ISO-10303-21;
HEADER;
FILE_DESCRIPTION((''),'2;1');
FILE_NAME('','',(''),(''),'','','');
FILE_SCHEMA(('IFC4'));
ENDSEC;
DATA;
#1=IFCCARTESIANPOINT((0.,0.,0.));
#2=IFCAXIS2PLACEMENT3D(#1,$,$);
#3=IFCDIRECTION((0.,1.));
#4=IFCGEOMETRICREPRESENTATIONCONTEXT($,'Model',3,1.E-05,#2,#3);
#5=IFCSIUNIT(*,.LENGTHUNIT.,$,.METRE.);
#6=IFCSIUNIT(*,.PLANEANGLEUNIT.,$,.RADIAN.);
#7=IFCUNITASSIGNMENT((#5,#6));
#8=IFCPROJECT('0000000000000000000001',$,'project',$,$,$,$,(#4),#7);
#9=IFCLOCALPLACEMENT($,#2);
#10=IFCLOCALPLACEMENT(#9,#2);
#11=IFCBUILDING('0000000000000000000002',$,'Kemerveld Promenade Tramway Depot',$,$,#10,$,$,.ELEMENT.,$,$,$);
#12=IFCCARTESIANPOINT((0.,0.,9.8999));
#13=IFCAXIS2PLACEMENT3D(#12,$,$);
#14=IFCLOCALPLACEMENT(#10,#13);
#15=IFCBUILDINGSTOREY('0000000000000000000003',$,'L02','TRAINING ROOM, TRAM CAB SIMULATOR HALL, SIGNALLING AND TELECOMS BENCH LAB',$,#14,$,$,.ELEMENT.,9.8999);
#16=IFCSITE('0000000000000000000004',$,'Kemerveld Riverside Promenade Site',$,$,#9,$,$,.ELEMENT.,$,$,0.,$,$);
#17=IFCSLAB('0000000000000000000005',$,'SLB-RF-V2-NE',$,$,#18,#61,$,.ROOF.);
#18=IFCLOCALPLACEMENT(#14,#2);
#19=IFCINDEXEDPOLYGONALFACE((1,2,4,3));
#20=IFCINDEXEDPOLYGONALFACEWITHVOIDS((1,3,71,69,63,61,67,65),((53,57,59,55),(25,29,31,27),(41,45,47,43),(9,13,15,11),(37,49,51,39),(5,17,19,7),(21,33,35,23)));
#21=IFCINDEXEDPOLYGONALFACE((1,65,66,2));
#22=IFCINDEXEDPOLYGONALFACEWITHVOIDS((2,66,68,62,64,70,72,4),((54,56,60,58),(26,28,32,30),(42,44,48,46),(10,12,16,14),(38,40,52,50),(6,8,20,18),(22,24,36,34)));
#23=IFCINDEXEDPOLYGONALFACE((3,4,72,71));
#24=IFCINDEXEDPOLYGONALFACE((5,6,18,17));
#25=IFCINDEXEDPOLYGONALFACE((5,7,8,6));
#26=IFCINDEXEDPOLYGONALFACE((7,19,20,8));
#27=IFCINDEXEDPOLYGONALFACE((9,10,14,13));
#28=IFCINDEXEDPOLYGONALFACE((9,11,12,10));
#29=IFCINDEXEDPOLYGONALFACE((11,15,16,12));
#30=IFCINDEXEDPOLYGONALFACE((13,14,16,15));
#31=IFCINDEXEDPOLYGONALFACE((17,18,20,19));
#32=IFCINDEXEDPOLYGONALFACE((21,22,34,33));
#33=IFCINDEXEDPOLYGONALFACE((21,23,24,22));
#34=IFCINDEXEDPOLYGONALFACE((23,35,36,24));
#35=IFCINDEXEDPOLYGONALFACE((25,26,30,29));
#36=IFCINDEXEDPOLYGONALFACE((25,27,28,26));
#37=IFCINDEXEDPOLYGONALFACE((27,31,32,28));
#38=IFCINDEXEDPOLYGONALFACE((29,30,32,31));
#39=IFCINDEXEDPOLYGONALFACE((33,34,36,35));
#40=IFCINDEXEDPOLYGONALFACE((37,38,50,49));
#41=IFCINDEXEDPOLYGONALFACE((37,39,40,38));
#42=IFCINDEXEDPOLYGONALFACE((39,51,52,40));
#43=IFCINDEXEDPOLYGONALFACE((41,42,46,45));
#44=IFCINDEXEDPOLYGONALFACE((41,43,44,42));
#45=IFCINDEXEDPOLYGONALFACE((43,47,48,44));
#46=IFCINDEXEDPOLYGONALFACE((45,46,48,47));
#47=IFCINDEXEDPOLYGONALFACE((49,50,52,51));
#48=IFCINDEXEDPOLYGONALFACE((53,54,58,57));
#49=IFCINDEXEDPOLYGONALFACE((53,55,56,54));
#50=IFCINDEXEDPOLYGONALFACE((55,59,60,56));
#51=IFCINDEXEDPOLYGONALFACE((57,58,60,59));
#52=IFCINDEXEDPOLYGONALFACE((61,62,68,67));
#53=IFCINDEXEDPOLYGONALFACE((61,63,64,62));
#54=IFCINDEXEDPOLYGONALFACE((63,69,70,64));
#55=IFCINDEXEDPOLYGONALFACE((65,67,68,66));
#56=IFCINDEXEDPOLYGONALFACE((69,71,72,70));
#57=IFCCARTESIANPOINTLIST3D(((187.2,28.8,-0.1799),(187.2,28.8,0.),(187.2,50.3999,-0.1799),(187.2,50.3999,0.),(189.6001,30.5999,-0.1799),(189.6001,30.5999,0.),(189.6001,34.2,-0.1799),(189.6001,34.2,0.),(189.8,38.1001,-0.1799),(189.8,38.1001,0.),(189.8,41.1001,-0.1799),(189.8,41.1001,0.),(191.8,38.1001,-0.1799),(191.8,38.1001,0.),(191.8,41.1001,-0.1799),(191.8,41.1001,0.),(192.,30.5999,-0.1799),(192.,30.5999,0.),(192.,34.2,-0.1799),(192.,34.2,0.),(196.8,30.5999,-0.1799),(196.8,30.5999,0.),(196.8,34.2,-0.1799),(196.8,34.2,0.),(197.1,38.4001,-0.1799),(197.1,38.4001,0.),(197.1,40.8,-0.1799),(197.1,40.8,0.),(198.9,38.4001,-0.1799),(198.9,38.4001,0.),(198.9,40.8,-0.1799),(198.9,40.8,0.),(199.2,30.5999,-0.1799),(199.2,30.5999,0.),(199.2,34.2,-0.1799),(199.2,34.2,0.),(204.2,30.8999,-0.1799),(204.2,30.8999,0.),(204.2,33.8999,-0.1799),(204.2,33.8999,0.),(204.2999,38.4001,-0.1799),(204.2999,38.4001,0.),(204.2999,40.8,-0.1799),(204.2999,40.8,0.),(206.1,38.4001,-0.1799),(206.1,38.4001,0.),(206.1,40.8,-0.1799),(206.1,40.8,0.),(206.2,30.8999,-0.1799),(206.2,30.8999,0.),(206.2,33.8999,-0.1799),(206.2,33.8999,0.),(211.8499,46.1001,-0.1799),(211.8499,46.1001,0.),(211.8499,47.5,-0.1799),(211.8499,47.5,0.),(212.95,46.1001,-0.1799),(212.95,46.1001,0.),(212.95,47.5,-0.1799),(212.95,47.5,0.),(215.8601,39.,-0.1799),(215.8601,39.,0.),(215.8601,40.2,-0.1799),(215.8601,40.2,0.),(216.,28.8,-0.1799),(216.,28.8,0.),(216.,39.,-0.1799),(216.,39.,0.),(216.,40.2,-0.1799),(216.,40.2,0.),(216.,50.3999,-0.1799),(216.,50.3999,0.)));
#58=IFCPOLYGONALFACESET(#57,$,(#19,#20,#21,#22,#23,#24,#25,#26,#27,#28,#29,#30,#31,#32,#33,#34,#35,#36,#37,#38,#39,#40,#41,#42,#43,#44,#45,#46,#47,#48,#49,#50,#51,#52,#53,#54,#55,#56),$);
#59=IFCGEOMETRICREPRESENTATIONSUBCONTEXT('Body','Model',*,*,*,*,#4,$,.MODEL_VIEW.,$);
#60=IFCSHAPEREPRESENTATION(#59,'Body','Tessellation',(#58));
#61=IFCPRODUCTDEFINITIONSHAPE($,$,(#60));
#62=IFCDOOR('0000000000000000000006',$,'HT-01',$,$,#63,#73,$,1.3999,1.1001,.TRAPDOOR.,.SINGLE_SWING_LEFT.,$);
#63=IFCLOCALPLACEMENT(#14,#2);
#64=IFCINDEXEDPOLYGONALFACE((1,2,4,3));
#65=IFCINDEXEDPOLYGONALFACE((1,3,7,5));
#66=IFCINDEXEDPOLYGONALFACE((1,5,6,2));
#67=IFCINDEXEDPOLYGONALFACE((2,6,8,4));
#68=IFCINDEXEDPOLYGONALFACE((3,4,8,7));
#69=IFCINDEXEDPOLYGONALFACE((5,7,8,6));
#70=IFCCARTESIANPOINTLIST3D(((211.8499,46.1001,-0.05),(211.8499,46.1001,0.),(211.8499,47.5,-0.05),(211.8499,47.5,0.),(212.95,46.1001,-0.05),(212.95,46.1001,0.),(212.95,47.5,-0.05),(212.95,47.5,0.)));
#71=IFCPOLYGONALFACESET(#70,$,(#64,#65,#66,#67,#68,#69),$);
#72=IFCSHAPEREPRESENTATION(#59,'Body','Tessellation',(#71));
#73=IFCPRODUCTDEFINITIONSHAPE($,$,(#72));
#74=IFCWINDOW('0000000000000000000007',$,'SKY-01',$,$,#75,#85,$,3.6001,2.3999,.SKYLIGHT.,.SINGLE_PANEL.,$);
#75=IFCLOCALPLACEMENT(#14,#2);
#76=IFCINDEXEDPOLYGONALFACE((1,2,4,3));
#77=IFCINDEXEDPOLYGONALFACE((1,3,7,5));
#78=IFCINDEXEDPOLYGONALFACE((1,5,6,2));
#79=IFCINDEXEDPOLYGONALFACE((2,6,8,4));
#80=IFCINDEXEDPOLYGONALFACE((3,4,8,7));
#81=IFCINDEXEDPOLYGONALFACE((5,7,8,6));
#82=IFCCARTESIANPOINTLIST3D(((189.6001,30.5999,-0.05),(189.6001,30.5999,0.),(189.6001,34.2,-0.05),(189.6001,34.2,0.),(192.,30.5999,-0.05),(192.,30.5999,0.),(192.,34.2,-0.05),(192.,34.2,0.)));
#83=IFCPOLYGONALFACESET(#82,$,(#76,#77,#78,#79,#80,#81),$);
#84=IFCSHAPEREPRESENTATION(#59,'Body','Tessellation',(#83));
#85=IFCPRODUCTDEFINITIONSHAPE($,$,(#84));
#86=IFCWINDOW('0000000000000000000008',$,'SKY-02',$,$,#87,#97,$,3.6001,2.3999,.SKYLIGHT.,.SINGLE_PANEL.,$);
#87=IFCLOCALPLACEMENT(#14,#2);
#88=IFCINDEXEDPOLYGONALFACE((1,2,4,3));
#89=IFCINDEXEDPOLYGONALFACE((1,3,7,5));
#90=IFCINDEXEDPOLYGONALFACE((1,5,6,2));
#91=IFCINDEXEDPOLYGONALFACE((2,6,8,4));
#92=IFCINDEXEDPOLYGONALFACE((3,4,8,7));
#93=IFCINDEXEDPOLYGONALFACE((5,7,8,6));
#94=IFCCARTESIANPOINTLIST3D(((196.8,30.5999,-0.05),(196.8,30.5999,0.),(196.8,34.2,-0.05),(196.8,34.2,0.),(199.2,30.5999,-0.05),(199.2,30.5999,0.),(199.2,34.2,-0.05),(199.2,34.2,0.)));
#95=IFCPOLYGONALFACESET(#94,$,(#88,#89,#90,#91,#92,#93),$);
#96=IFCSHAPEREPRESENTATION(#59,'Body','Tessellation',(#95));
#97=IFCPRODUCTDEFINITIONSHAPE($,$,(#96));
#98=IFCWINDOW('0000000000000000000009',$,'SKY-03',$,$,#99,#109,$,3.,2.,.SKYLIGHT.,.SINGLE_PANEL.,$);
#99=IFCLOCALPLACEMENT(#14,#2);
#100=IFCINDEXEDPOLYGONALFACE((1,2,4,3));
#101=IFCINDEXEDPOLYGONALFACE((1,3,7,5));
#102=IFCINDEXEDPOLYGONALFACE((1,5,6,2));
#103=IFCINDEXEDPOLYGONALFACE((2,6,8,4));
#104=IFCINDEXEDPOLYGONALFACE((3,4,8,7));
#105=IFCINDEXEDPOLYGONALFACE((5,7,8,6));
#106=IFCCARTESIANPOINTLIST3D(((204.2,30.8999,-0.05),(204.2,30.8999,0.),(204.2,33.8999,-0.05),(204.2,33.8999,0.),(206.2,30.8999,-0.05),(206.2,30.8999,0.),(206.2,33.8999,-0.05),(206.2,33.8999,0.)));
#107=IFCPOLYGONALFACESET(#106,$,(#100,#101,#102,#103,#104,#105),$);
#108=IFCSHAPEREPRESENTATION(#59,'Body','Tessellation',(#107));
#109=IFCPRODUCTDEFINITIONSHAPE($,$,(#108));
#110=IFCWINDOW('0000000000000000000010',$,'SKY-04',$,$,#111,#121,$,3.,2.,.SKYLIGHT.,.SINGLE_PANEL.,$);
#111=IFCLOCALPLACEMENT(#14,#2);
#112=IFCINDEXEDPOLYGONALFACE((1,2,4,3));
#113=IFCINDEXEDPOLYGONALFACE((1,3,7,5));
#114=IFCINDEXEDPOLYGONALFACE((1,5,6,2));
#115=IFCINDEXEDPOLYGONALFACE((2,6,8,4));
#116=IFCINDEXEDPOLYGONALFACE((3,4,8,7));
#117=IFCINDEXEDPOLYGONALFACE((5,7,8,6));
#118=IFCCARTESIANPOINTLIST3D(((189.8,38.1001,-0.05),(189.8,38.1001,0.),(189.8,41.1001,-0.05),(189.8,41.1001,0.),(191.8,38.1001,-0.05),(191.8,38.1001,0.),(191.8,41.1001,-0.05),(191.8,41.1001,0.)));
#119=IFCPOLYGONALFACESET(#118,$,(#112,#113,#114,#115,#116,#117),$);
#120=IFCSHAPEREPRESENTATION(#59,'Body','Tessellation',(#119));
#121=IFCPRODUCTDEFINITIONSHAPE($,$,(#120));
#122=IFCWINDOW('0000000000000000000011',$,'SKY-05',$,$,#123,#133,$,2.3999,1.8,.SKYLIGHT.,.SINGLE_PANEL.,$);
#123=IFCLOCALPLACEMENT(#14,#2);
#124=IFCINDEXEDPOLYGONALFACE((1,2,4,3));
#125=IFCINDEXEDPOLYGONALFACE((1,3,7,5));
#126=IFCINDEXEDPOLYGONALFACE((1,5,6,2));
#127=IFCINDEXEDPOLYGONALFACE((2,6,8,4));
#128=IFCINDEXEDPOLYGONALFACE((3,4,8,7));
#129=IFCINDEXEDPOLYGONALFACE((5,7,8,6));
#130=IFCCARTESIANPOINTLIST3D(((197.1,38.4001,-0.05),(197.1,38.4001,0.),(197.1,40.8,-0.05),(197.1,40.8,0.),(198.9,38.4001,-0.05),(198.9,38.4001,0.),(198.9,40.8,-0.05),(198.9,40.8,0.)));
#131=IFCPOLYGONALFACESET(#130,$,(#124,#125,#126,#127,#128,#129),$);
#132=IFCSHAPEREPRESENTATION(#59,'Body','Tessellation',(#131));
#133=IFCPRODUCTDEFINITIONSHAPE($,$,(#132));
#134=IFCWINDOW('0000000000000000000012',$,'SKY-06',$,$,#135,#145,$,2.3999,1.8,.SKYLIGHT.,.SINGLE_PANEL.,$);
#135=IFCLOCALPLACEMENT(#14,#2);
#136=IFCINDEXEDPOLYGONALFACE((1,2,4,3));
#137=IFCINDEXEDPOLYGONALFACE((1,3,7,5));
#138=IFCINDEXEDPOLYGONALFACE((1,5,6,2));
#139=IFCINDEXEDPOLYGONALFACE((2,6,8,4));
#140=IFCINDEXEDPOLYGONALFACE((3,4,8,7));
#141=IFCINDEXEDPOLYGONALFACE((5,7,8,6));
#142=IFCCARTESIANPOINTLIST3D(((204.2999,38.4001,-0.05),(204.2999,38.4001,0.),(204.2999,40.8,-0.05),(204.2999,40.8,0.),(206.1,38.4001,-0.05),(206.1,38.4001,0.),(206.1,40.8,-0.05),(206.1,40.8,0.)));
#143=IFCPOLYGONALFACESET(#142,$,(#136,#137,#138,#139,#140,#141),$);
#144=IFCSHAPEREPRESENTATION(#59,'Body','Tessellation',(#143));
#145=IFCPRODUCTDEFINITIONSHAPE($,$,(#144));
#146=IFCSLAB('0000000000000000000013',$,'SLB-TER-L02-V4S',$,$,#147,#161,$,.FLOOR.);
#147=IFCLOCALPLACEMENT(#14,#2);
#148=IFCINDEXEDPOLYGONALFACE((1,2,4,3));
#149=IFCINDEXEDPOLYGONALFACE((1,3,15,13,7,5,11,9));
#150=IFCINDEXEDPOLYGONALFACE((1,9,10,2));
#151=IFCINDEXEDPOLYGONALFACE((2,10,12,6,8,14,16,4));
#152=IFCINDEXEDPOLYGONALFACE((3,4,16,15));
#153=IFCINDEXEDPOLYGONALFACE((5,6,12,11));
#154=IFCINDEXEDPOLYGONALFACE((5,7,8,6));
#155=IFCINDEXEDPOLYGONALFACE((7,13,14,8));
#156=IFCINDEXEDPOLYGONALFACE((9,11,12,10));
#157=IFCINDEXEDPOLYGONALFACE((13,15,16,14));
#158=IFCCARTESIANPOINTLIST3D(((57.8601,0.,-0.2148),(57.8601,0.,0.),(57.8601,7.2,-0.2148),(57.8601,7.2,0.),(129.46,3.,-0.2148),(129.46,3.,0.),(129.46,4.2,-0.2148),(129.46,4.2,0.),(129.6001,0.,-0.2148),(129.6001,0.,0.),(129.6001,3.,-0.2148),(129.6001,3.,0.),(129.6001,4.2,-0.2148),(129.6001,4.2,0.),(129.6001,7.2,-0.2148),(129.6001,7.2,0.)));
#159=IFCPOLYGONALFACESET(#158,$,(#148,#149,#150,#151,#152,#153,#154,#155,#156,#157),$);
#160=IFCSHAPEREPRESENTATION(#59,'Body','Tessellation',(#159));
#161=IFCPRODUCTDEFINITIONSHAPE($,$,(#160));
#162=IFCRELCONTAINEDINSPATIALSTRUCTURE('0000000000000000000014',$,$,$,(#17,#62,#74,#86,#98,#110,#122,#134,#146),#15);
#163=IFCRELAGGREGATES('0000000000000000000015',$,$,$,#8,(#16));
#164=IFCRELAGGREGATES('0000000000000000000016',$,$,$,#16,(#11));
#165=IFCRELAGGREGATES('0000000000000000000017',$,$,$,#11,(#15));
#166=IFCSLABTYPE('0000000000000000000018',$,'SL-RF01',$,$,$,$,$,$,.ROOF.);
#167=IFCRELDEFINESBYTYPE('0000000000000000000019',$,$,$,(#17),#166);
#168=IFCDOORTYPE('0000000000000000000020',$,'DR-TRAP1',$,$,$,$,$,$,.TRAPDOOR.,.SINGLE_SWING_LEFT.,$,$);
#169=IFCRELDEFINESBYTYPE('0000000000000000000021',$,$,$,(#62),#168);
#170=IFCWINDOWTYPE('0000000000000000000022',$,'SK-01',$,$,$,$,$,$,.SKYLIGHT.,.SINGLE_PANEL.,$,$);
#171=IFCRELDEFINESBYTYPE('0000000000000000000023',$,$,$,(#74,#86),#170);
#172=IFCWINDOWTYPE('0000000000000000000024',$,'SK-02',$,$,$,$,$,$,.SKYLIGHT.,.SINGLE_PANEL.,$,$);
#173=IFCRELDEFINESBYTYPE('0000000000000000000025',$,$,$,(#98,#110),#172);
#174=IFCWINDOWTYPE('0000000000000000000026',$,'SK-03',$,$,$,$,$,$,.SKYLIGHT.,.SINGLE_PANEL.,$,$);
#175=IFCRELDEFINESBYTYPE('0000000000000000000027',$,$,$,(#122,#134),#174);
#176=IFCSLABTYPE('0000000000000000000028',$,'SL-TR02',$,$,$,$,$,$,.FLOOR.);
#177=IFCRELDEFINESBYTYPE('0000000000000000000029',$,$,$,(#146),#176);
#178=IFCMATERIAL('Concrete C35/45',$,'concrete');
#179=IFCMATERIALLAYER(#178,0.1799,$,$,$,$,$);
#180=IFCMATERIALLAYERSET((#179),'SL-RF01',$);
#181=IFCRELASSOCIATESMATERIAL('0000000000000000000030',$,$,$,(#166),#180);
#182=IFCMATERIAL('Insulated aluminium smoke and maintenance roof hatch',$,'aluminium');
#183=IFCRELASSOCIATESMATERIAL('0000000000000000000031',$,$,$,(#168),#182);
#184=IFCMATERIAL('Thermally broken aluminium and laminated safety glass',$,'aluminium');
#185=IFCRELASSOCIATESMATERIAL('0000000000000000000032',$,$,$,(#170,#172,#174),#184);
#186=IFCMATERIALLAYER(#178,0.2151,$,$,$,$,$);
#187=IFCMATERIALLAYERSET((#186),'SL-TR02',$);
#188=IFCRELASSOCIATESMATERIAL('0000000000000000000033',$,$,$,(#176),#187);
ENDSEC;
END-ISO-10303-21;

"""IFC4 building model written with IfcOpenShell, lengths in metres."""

from ifc_helpers import new_model, si_unit, direction, frame, origin, origin_2d, place, context, subcontext, project, spatial, polyline, rectangle, outline, extrude, material, layer, layer_set, type_object, element, fill, save


model = new_model("IFC4")

# Units and contexts
model_context = context("Model", 3, precision=1e-05, world=origin(), true_north=direction((0.0, 1.0)))
body_context = subcontext(model_context, "Body", "Model", "MODEL_VIEW")
ifc_project = project(units=[si_unit("LENGTHUNIT", "METRE"), si_unit("PLANEANGLEUNIT", "RADIAN")], contexts=[model_context])

# Site, building, storey
site_placement = place(None, origin())
site = spatial("IfcSite", under=ifc_project, at=site_placement, Name="Kemerveld Riverside Promenade Site", CompositionType="ELEMENT", RefElevation=0.0)
building_placement = place(site_placement, origin())
building = spatial("IfcBuilding", under=site, at=building_placement, Name="Kemerveld Promenade Tramway Depot", CompositionType="ELEMENT")
storey_placement = place(building_placement, frame((0.0, 0.0, 9.8999)))
storey = spatial("IfcBuildingStorey", under=building, at=storey_placement, Name="L02", Description="TRAINING ROOM, TRAM CAB SIMULATOR HALL, SIGNALLING AND TELECOMS BENCH LAB", CompositionType="ELEMENT", Elevation=9.8999)

# Shared definitions
ifc_material_1 = material(Name="Concrete C35/45", Category="concrete")

# Slab, openings, door, windows
ifc_layer_1 = layer(ifc_material_1, 0.1799)
ifc_layer_set_1 = layer_set([ifc_layer_1], Name="SL-RF01")
slab_type_1 = type_object("IfcSlabType", Name="SL-RF01", PredefinedType="ROOF", material=ifc_layer_set_1)
slab_1_placement = place(storey_placement, frame((0.0, 0.0, -0.1799)))
slab_1 = element("IfcSlab", 1, at=slab_1_placement, inside=storey, type_object=slab_type_1, Name="SLB-RF-V2-NE", PredefinedType="ROOF", context=body_context, shape_type="SweptSolid", body=[
    extrude(outline(polyline([(187.2, 28.8), (216.0, 28.8), (216.0, 39.0), (215.8601, 39.0), (215.8601, 40.2), (216.0, 40.2), (216.0, 50.3999), (187.2, 50.3999), (187.2, 28.8)])), origin(), (0.0, 0.0, 1.0), 0.1799),
])
opening_1_placement = place(slab_1_placement, frame((190.8, 32.3999, 0.0)))
opening_1 = element("IfcOpeningElement", 2, at=opening_1_placement, cuts=slab_1, PredefinedType="OPENING", context=body_context, shape_type="SweptSolid", body=[
    extrude(rectangle(XDim=2.3999, YDim=3.6001, at=origin_2d()), frame((0.0, 0.0, -0.01)), (0.0, 0.0, 1.0), 0.2),
])
opening_2_placement = place(slab_1_placement, frame((198.0, 32.3999, 0.0)))
opening_2 = element("IfcOpeningElement", 3, at=opening_2_placement, cuts=slab_1, PredefinedType="OPENING", context=body_context, shape_type="SweptSolid", body=[
    extrude(rectangle(XDim=2.3999, YDim=3.6001, at=origin_2d()), frame((0.0, 0.0, -0.01)), (0.0, 0.0, 1.0), 0.2),
])
opening_3_placement = place(slab_1_placement, frame((205.2, 32.3999, 0.0)))
opening_3 = element("IfcOpeningElement", 4, at=opening_3_placement, cuts=slab_1, PredefinedType="OPENING", context=body_context, shape_type="SweptSolid", body=[
    extrude(rectangle(XDim=2.0, YDim=3.0, at=origin_2d()), frame((0.0, 0.0, -0.01)), (0.0, 0.0, 1.0), 0.2),
])
opening_4_placement = place(slab_1_placement, frame((190.8, 39.6001, 0.0)))
opening_4 = element("IfcOpeningElement", 5, at=opening_4_placement, cuts=slab_1, PredefinedType="OPENING", context=body_context, shape_type="SweptSolid", body=[
    extrude(rectangle(XDim=2.0, YDim=3.0, at=origin_2d()), frame((0.0, 0.0, -0.01)), (0.0, 0.0, 1.0), 0.2),
])
opening_5_placement = place(slab_1_placement, frame((198.0, 39.6001, 0.0)))
opening_5 = element("IfcOpeningElement", 6, at=opening_5_placement, cuts=slab_1, PredefinedType="OPENING", context=body_context, shape_type="SweptSolid", body=[
    extrude(rectangle(XDim=1.8, YDim=2.3999, at=origin_2d()), frame((0.0, 0.0, -0.01)), (0.0, 0.0, 1.0), 0.2),
])
opening_6_placement = place(slab_1_placement, frame((205.2, 39.6001, 0.0)))
opening_6 = element("IfcOpeningElement", 7, at=opening_6_placement, cuts=slab_1, PredefinedType="OPENING", context=body_context, shape_type="SweptSolid", body=[
    extrude(rectangle(XDim=1.8, YDim=2.3999, at=origin_2d()), frame((0.0, 0.0, -0.01)), (0.0, 0.0, 1.0), 0.2),
])
opening_7_placement = place(slab_1_placement, frame((212.3999, 46.8, 0.0)))
opening_7 = element("IfcOpeningElement", 8, at=opening_7_placement, cuts=slab_1, PredefinedType="OPENING", context=body_context, shape_type="SweptSolid", body=[
    extrude(rectangle(XDim=1.1001, YDim=1.3999, at=origin_2d()), frame((0.0, 0.0, -0.01)), (0.0, 0.0, 1.0), 0.2),
])
ifc_material_2 = material(Name="Insulated aluminium smoke and maintenance roof hatch", Category="aluminium")
door_type = type_object("IfcDoorType", Name="DR-TRAP1", OperationType="SINGLE_SWING_LEFT", PredefinedType="TRAPDOOR", material=ifc_material_2)
door_placement = place(opening_7_placement, frame((0.0, 0.0, 0.1299)))
door = element("IfcDoor", 9, at=door_placement, inside=storey, type_object=door_type, Name="HT-01", OperationType="SINGLE_SWING_LEFT", OverallHeight=1.3999, OverallWidth=1.1001, PredefinedType="TRAPDOOR", context=body_context, shape_type="SweptSolid", body=[
    extrude(rectangle(XDim=1.1001, YDim=1.3999, at=origin_2d()), origin(), (0.0, 0.0, 1.0), 0.05),
])
fill(opening_7, door)
ifc_material_3 = material(Name="Thermally broken aluminium and laminated safety glass", Category="aluminium")
window_type_1 = type_object("IfcWindowType", Name="SK-01", PartitioningType="SINGLE_PANEL", PredefinedType="SKYLIGHT", material=ifc_material_3)
window_1_placement = place(opening_1_placement, frame((0.0, 0.0, 0.1299)))
window_1 = element("IfcWindow", 10, at=window_1_placement, inside=storey, type_object=window_type_1, Name="SKY-01", OverallHeight=3.6001, OverallWidth=2.3999, PartitioningType="SINGLE_PANEL", PredefinedType="SKYLIGHT", context=body_context, shape_type="SweptSolid", body=[
    extrude(rectangle(XDim=2.3999, YDim=3.6001, at=origin_2d()), origin(), (0.0, 0.0, 1.0), 0.05),
])
fill(opening_1, window_1)
window_2_placement = place(opening_2_placement, frame((0.0, 0.0, 0.1299)))
window_2 = element("IfcWindow", 11, at=window_2_placement, inside=storey, type_object=window_type_1, Name="SKY-02", OverallHeight=3.6001, OverallWidth=2.3999, PartitioningType="SINGLE_PANEL", PredefinedType="SKYLIGHT", context=body_context, shape_type="SweptSolid", body=[
    extrude(rectangle(XDim=2.3999, YDim=3.6001, at=origin_2d()), origin(), (0.0, 0.0, 1.0), 0.05),
])
fill(opening_2, window_2)
window_type_2 = type_object("IfcWindowType", Name="SK-02", PartitioningType="SINGLE_PANEL", PredefinedType="SKYLIGHT", material=ifc_material_3)
window_3_placement = place(opening_3_placement, frame((0.0, 0.0, 0.1299)))
window_3 = element("IfcWindow", 12, at=window_3_placement, inside=storey, type_object=window_type_2, Name="SKY-03", OverallHeight=3.0, OverallWidth=2.0, PartitioningType="SINGLE_PANEL", PredefinedType="SKYLIGHT", context=body_context, shape_type="SweptSolid", body=[
    extrude(rectangle(XDim=2.0, YDim=3.0, at=origin_2d()), origin(), (0.0, 0.0, 1.0), 0.05),
])
fill(opening_3, window_3)
window_4_placement = place(opening_4_placement, frame((0.0, 0.0, 0.1299)))
window_4 = element("IfcWindow", 13, at=window_4_placement, inside=storey, type_object=window_type_2, Name="SKY-04", OverallHeight=3.0, OverallWidth=2.0, PartitioningType="SINGLE_PANEL", PredefinedType="SKYLIGHT", context=body_context, shape_type="SweptSolid", body=[
    extrude(rectangle(XDim=2.0, YDim=3.0, at=origin_2d()), origin(), (0.0, 0.0, 1.0), 0.05),
])
fill(opening_4, window_4)
window_type_3 = type_object("IfcWindowType", Name="SK-03", PartitioningType="SINGLE_PANEL", PredefinedType="SKYLIGHT", material=ifc_material_3)
window_5_placement = place(opening_5_placement, frame((0.0, 0.0, 0.1299)))
window_5 = element("IfcWindow", 14, at=window_5_placement, inside=storey, type_object=window_type_3, Name="SKY-05", OverallHeight=2.3999, OverallWidth=1.8, PartitioningType="SINGLE_PANEL", PredefinedType="SKYLIGHT", context=body_context, shape_type="SweptSolid", body=[
    extrude(rectangle(XDim=1.8, YDim=2.3999, at=origin_2d()), origin(), (0.0, 0.0, 1.0), 0.05),
])
fill(opening_5, window_5)
window_6_placement = place(opening_6_placement, frame((0.0, 0.0, 0.1299)))
window_6 = element("IfcWindow", 15, at=window_6_placement, inside=storey, type_object=window_type_3, Name="SKY-06", OverallHeight=2.3999, OverallWidth=1.8, PartitioningType="SINGLE_PANEL", PredefinedType="SKYLIGHT", context=body_context, shape_type="SweptSolid", body=[
    extrude(rectangle(XDim=1.8, YDim=2.3999, at=origin_2d()), origin(), (0.0, 0.0, 1.0), 0.05),
])
fill(opening_6, window_6)

# Slab
ifc_layer_2 = layer(ifc_material_1, 0.2151)
ifc_layer_set_2 = layer_set([ifc_layer_2], Name="SL-TR02")
slab_type_2 = type_object("IfcSlabType", Name="SL-TR02", PredefinedType="FLOOR", material=ifc_layer_set_2)
slab_2_placement = place(storey_placement, frame((0.0, 0.0, -0.2148)))
element("IfcSlab", 16, at=slab_2_placement, inside=storey, type_object=slab_type_2, Name="SLB-TER-L02-V4S", PredefinedType="FLOOR", context=body_context, shape_type="SweptSolid", body=[
    extrude(outline(polyline([(57.8601, 0.0), (129.6001, 0.0), (129.6001, 3.0), (129.46, 3.0), (129.46, 4.2), (129.6001, 4.2), (129.6001, 7.2), (57.8601, 7.2), (57.8601, 0.0)])), origin(), (0.0, 0.0, 1.0), 0.2148),
])

save(model, "model.ifc")
